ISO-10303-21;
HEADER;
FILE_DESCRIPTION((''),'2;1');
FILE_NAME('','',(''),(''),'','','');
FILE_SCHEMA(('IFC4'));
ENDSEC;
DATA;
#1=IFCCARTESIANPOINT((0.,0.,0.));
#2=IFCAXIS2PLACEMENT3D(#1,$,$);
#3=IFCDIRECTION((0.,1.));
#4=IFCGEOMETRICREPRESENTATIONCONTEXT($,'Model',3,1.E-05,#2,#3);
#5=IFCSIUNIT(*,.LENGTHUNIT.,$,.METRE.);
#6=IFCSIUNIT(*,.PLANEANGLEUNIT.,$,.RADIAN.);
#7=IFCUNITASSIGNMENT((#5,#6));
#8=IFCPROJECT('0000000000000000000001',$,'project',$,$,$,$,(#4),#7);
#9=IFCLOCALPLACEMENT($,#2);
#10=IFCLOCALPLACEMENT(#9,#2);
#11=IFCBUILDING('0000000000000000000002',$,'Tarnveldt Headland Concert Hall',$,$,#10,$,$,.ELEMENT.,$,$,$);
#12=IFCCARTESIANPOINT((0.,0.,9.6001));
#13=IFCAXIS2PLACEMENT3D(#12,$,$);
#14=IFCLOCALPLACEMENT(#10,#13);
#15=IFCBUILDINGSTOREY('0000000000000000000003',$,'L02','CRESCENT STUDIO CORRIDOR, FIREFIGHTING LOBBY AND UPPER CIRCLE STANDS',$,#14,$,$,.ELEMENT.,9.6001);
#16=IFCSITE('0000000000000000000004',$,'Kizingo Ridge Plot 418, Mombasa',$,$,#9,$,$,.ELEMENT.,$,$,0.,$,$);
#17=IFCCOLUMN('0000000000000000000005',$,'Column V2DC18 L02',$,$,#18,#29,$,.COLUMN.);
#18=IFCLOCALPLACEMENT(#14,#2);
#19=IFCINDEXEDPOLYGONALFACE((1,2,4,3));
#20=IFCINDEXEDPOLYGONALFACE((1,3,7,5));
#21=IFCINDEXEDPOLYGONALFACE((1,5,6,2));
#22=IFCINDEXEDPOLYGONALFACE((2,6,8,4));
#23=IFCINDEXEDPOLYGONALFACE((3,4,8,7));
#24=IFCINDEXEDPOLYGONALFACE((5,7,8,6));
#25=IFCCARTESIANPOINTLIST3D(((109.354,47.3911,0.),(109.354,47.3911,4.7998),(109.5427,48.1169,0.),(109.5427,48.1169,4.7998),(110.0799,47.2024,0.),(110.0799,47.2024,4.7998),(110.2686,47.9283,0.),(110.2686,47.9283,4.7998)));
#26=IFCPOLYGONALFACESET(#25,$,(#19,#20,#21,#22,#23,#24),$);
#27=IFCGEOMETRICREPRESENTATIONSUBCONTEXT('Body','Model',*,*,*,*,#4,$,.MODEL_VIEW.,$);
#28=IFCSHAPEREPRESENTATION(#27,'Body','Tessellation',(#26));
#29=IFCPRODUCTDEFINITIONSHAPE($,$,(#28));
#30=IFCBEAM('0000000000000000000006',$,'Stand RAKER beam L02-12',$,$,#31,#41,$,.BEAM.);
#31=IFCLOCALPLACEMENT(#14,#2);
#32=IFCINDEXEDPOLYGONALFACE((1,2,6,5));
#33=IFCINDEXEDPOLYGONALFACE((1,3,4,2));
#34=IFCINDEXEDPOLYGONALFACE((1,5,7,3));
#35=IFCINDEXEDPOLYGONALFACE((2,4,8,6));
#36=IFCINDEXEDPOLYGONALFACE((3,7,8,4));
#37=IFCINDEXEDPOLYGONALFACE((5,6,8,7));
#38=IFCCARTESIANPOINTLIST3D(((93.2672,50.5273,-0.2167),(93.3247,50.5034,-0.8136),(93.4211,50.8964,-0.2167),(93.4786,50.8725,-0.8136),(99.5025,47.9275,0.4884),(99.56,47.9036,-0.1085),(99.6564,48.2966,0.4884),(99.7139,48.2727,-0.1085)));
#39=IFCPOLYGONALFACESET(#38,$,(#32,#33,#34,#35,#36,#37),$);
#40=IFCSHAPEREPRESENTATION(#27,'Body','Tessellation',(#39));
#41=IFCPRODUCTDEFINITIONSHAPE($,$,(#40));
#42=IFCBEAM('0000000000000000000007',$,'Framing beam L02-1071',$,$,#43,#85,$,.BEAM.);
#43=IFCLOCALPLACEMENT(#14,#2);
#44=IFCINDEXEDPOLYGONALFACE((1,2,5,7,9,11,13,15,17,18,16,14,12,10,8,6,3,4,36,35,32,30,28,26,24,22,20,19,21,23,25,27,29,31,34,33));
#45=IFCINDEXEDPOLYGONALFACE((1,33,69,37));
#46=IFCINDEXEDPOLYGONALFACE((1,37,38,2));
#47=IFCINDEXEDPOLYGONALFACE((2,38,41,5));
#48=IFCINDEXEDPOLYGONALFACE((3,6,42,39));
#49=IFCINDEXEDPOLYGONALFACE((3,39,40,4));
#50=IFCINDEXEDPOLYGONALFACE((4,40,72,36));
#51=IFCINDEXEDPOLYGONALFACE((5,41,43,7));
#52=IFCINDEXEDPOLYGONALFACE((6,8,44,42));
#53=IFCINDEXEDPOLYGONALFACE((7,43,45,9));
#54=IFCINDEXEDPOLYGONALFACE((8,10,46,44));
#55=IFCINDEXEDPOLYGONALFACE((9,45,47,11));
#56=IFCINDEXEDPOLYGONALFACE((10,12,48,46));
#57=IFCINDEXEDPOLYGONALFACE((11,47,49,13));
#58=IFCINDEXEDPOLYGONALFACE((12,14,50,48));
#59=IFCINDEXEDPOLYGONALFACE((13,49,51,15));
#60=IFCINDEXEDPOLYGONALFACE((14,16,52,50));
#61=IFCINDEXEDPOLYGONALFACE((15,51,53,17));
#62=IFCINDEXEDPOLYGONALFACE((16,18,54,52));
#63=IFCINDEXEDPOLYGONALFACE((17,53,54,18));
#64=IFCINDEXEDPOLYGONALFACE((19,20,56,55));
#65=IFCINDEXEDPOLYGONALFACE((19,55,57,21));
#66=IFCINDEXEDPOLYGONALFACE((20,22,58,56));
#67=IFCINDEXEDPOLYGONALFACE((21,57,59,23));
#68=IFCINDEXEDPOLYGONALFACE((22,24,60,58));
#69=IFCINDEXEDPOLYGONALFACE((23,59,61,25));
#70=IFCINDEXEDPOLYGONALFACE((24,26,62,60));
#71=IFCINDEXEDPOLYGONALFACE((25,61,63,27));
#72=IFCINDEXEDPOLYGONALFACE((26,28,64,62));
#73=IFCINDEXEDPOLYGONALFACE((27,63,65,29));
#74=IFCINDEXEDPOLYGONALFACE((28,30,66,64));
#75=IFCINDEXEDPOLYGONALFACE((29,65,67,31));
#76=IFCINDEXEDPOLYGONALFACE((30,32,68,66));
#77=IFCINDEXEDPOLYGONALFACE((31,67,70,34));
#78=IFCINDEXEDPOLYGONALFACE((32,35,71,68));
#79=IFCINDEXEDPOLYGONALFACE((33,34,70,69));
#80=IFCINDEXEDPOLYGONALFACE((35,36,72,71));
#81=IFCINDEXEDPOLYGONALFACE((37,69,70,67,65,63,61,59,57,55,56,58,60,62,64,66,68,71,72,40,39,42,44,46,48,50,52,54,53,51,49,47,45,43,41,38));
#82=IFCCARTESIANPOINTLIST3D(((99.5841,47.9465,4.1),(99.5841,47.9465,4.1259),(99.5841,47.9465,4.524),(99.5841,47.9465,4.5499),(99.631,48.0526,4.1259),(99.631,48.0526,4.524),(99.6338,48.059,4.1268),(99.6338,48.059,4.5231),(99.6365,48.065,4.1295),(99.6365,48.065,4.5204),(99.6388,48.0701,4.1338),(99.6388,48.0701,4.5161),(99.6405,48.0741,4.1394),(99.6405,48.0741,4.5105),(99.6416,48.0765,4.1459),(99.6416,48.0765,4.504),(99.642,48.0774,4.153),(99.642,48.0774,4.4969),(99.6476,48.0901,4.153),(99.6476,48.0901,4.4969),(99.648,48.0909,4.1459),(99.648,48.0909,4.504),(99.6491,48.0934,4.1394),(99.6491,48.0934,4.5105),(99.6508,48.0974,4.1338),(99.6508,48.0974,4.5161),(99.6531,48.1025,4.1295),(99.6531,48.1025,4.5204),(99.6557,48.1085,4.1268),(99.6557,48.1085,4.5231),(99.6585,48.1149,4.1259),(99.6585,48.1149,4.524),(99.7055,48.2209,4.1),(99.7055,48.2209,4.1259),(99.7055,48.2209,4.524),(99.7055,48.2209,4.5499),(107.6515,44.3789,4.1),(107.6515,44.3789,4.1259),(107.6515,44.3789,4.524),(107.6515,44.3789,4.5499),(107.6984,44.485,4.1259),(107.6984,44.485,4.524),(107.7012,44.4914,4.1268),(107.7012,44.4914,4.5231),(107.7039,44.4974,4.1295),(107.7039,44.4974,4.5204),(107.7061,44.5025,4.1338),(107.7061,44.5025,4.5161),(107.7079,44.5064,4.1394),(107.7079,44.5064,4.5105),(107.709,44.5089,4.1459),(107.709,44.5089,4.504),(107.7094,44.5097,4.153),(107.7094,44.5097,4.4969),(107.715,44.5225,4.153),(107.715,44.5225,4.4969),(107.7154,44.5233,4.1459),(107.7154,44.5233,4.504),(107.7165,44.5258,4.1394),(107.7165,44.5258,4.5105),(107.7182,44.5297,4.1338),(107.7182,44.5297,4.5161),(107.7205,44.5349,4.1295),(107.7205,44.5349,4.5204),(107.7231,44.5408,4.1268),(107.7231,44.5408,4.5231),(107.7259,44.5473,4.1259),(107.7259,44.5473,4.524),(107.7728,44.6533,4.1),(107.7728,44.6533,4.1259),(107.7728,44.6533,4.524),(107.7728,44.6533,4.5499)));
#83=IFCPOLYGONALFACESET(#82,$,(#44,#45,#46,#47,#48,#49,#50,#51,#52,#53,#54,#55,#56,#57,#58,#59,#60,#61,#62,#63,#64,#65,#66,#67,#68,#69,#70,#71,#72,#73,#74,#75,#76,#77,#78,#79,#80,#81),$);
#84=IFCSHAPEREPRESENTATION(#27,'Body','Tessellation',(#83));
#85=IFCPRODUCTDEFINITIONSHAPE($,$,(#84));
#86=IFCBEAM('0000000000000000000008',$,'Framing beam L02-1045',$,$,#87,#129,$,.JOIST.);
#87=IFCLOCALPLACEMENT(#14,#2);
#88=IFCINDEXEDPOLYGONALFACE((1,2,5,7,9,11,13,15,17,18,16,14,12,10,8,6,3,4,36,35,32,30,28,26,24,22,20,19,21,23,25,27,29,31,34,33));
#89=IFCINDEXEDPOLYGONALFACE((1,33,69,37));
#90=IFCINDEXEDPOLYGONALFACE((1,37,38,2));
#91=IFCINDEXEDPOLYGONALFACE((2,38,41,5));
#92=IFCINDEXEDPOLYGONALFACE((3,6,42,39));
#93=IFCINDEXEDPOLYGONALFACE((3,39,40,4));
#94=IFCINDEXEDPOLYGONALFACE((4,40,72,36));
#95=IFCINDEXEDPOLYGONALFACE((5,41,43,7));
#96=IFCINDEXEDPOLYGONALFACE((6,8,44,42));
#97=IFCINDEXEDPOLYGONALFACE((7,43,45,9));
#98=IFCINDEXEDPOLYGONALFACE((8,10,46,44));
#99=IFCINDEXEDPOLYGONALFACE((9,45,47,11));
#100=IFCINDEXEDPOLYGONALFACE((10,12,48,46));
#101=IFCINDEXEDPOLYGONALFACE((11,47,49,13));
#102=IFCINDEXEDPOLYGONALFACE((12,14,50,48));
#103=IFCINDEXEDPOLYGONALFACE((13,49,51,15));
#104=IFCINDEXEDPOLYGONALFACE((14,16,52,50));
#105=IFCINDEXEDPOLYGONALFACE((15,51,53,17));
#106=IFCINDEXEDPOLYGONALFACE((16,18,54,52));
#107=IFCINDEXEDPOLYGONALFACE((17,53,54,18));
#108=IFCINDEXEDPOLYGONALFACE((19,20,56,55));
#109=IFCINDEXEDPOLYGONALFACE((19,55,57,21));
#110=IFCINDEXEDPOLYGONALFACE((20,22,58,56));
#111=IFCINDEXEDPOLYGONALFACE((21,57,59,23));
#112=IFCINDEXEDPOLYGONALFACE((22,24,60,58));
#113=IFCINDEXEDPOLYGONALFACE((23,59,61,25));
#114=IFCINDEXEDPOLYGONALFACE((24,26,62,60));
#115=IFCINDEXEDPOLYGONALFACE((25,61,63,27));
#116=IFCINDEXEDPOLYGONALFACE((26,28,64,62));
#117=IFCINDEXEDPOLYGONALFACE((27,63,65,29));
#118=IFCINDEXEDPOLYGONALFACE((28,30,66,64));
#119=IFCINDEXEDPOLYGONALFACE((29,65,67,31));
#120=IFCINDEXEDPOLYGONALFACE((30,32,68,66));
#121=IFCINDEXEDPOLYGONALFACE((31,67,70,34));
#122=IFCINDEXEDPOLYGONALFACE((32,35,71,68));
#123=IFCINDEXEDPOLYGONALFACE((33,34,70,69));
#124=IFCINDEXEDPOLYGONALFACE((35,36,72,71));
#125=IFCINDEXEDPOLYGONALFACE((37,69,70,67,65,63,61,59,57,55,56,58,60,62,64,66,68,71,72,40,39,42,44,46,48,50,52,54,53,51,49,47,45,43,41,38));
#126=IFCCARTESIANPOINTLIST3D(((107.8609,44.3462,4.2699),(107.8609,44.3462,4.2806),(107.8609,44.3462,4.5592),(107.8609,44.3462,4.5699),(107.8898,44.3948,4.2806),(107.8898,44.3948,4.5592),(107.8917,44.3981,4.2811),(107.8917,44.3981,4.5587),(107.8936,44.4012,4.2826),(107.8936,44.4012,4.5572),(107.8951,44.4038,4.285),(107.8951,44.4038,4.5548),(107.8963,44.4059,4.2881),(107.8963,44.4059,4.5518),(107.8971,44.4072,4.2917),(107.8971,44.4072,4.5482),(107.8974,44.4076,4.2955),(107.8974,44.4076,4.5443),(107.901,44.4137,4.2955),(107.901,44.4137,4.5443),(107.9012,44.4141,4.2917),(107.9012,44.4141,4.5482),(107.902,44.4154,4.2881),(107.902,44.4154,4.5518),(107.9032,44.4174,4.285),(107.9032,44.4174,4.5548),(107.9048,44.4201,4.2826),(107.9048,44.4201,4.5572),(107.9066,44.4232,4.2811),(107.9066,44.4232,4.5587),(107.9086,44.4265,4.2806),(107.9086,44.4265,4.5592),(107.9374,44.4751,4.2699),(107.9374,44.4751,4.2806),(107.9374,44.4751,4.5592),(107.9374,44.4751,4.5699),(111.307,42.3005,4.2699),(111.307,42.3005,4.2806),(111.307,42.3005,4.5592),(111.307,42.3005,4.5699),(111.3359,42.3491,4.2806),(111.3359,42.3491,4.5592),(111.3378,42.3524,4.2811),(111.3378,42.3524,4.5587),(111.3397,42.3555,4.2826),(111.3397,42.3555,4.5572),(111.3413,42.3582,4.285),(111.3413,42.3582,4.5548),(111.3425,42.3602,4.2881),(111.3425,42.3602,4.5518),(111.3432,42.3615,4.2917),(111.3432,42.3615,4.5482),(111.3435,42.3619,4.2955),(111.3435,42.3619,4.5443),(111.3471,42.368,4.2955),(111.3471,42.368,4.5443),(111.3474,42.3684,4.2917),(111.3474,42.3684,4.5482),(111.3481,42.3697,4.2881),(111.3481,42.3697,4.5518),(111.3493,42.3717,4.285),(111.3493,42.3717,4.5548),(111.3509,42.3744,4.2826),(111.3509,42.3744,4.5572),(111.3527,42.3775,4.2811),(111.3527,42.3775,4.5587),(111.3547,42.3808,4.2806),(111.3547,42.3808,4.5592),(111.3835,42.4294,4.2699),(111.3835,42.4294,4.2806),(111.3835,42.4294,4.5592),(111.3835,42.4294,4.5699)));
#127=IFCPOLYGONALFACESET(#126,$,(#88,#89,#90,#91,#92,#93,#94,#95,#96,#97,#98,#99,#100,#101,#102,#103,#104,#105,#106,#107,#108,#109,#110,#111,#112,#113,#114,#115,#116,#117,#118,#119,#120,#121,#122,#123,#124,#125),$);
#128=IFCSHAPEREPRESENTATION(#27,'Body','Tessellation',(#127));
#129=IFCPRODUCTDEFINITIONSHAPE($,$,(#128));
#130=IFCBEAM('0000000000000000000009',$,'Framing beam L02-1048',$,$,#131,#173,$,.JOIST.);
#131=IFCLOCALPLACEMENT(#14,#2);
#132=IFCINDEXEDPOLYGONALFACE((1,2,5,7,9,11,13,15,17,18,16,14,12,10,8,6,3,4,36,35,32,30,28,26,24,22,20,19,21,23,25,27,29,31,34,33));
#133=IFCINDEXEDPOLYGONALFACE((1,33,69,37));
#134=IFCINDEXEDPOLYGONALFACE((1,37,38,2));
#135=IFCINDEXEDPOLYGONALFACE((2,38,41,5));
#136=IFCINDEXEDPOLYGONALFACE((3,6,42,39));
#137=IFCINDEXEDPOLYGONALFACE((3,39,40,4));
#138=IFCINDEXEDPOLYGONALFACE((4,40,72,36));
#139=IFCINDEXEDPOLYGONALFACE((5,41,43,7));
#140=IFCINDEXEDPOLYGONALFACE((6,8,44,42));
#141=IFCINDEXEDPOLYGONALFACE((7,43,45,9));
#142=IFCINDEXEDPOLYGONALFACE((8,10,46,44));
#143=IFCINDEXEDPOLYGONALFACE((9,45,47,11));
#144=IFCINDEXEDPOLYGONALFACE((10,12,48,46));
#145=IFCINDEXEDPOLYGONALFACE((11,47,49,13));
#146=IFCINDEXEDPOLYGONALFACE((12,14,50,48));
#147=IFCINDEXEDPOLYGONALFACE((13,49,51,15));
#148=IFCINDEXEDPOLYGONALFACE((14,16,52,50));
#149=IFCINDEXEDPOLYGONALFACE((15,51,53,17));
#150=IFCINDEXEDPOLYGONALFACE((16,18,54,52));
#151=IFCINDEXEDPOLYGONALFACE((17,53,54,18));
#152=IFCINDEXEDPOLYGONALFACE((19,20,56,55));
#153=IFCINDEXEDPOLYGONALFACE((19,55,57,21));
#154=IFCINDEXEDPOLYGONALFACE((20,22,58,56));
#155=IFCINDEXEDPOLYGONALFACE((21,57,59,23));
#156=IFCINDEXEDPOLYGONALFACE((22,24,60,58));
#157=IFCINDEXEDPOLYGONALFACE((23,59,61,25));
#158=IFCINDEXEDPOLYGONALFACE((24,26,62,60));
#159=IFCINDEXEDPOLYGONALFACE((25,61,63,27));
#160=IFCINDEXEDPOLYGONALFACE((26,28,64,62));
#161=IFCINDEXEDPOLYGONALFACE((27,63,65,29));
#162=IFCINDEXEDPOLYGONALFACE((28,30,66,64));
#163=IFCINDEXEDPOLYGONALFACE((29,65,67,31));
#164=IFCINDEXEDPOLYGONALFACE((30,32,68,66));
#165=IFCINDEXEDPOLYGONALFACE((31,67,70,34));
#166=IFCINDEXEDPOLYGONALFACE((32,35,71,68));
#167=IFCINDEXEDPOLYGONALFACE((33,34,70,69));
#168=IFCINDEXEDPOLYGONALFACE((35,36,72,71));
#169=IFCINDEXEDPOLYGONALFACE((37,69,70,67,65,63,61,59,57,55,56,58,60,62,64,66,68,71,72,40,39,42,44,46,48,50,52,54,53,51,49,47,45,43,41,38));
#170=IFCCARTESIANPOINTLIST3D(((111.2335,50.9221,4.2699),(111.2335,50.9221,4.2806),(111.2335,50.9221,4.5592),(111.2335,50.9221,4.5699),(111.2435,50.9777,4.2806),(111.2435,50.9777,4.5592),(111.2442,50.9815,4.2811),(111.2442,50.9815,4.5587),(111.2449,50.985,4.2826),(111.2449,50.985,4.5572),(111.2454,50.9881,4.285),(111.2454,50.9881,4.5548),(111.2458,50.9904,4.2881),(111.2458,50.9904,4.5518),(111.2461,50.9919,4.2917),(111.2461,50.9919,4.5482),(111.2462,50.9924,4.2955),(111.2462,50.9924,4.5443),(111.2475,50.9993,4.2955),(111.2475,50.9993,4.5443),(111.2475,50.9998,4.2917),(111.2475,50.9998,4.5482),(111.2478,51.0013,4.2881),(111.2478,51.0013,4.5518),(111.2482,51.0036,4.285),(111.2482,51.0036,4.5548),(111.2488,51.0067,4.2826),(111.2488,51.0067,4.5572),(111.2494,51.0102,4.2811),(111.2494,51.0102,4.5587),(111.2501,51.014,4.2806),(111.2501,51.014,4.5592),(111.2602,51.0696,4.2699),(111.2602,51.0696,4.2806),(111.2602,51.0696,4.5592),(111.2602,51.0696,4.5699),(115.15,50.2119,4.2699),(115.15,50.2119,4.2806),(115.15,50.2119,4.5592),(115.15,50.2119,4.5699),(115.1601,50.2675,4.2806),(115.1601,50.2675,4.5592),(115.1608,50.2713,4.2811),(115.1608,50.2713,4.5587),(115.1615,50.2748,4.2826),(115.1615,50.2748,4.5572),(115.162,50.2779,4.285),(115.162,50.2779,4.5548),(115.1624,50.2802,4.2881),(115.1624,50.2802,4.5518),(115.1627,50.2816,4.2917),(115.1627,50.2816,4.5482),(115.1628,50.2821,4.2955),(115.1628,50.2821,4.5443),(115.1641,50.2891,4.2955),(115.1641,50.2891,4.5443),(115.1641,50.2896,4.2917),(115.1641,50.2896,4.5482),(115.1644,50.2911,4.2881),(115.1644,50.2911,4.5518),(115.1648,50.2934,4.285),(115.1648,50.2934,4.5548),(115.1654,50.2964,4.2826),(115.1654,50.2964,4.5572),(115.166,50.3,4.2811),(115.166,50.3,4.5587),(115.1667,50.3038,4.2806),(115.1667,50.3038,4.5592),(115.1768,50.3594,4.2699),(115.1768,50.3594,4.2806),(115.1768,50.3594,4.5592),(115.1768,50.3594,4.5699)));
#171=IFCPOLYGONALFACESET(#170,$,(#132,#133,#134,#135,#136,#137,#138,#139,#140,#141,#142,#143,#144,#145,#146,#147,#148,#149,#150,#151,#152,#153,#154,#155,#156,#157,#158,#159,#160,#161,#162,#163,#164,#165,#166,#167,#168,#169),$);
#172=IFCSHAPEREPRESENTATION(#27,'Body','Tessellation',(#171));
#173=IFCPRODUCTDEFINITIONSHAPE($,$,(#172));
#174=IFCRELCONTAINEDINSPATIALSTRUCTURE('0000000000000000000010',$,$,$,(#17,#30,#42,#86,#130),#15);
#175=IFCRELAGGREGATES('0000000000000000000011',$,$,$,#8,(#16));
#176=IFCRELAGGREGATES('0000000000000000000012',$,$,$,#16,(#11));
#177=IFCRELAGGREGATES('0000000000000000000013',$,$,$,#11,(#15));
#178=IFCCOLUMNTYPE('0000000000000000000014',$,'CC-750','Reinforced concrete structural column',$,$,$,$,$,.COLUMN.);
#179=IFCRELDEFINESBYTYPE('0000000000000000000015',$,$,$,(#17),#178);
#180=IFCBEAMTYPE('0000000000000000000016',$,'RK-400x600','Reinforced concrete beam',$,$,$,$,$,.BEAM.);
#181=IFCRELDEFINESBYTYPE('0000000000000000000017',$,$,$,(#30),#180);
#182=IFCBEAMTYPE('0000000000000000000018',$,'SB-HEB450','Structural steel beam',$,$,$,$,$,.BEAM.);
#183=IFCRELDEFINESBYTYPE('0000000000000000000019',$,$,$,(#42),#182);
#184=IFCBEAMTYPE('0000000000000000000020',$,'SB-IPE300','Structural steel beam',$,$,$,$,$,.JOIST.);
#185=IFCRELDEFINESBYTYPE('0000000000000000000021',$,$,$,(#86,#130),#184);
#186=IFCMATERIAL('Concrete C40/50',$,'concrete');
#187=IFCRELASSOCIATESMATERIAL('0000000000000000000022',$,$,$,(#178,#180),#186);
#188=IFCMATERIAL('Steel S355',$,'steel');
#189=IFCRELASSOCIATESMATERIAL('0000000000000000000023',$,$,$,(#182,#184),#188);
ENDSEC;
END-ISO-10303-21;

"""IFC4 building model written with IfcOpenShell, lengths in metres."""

from ifc_helpers import new_model, si_unit, direction, frame, origin, origin_2d, place, context, subcontext, project, spatial, rectangle, i_section, extrude, material, material_profile, profile_set, type_object, element, save


model = new_model("IFC4")

# Units and contexts
model_context = context("Model", 3, precision=1e-05, world=origin(), true_north=direction((0.0, 1.0)))
body_context = subcontext(model_context, "Body", "Model", "MODEL_VIEW")
ifc_project = project(units=[si_unit("LENGTHUNIT", "METRE"), si_unit("PLANEANGLEUNIT", "RADIAN")], contexts=[model_context])

# Site, building, storey
site_placement = place(None, origin())
site = spatial("IfcSite", under=ifc_project, at=site_placement, Name="Kizingo Ridge Plot 418, Mombasa", CompositionType="ELEMENT", RefElevation=0.0)
building_placement = place(site_placement, origin())
building = spatial("IfcBuilding", under=site, at=building_placement, Name="Tarnveldt Headland Concert Hall", CompositionType="ELEMENT")
storey_placement = place(building_placement, frame((0.0, 0.0, 9.6001)))
storey = spatial("IfcBuildingStorey", under=building, at=storey_placement, Name="L02", Description="CRESCENT STUDIO CORRIDOR, FIREFIGHTING LOBBY AND UPPER CIRCLE STANDS", CompositionType="ELEMENT", Elevation=9.6001)

# Column
ifc_material_1 = material(Name="Concrete C40/50", Category="concrete")
ifc_material_profile_1 = material_profile(ifc_material_1, rectangle(XDim=0.75, YDim=0.75, at=origin_2d()), Name="RC 750x750", Category="concrete")
ifc_profile_set_1 = profile_set([ifc_material_profile_1], Name="Concrete C40/50")
column_type_1 = type_object("IfcColumnType", Name="CC-750", Description="Reinforced concrete structural column", PredefinedType="COLUMN", material=ifc_profile_set_1)
column_1_placement = place(storey_placement, frame((109.8113, 47.6597, 0.0), z_axis=(0.0, 0.0, 1.0), x_axis=(0.967841, -0.251563, 0.0)))
element("IfcColumn", 1, at=column_1_placement, inside=storey, type_object=column_type_1, Name="Column V2DC18 L02", PredefinedType="COLUMN", context=body_context, shape_type="SweptSolid", body=[
    extrude(rectangle(XDim=0.75, YDim=0.75, at=origin_2d()), origin(), (0.0, 0.0, 1.0), 4.7998),
])

# Beams
ifc_material_profile_2 = material_profile(ifc_material_1, rectangle(XDim=0.3999, YDim=0.6001, at=origin_2d()), Name="RAKER RC 400x600", Category="concrete")
ifc_profile_set_2 = profile_set([ifc_material_profile_2], Name="Concrete C40/50")
beam_type_1 = type_object("IfcBeamType", Name="RK-400x600", Description="Reinforced concrete beam", PredefinedType="BEAM", material=ifc_profile_set_2)
beam_1_placement = place(storey_placement, frame((99.6082, 48.1001, 0.1899), z_axis=(-0.917997, 0.382762, -0.103805), x_axis=(-0.384841, -0.922983, 0.0)))
element("IfcBeam", 2, at=beam_1_placement, inside=storey, type_object=beam_type_1, Name="Stand RAKER beam L02-12", PredefinedType="BEAM", context=body_context, shape_type="SweptSolid", body=[
    extrude(rectangle(XDim=0.3999, YDim=0.6001, at=origin_2d()), origin(), (0.0, 0.0, 1.0), 6.7922),
])
ifc_material_2 = material(Name="Steel S355", Category="steel")
ifc_material_profile_3 = material_profile(ifc_material_2, i_section(OverallWidth=0.3, OverallDepth=0.45, WebThickness=0.0139, FlangeThickness=0.0259, FilletRadius=0.0271, at=origin_2d()), Name="HEB450", Category="steel")
ifc_profile_set_3 = profile_set([ifc_material_profile_3], Name="Steel S355")
beam_type_2 = type_object("IfcBeamType", Name="SB-HEB450", Description="Structural steel beam", PredefinedType="BEAM", material=ifc_profile_set_3)
beam_2_placement = place(storey_placement, frame((99.6448, 48.0837, 4.325), z_axis=(0.914562, -0.404445, 0.0), x_axis=(0.404445, 0.914562, 0.0)))
element("IfcBeam", 3, at=beam_2_placement, inside=storey, type_object=beam_type_2, Name="Framing beam L02-1071", PredefinedType="BEAM", context=body_context, shape_type="SweptSolid", body=[
    extrude(i_section(OverallWidth=0.3, OverallDepth=0.45, WebThickness=0.0139, FlangeThickness=0.0259, FilletRadius=0.0271, at=origin_2d()), origin(), (0.0, 0.0, 1.0), 8.821),
])
ifc_material_profile_4 = material_profile(ifc_material_2, i_section(OverallWidth=0.1499, OverallDepth=0.3, WebThickness=0.0071, FlangeThickness=0.0107, FilletRadius=0.0149, at=origin_2d()), Name="IPE300", Category="steel")
ifc_profile_set_4 = profile_set([ifc_material_profile_4], Name="Steel S355")
beam_type_3 = type_object("IfcBeamType", Name="SB-IPE300", Description="Structural steel beam", PredefinedType="JOIST", material=ifc_profile_set_4)
beam_3_placement = place(storey_placement, frame((107.8992, 44.4106, 4.4199), z_axis=(0.859902, -0.510459, 0.0), x_axis=(0.510459, 0.859902, 0.0)))
element("IfcBeam", 4, at=beam_3_placement, inside=storey, type_object=beam_type_3, Name="Framing beam L02-1045", PredefinedType="JOIST", context=body_context, shape_type="SweptSolid", body=[
    extrude(i_section(OverallWidth=0.1499, OverallDepth=0.3, WebThickness=0.0071, FlangeThickness=0.0107, FilletRadius=0.0149, at=origin_2d()), origin(), (0.0, 0.0, 1.0), 4.0076),
])
beam_4_placement = place(storey_placement, frame((111.2468, 50.9958, 4.4199), z_axis=(0.983953, -0.178427, 0.0), x_axis=(0.178427, 0.983953, 0.0)))
element("IfcBeam", 5, at=beam_4_placement, inside=storey, type_object=beam_type_3, Name="Framing beam L02-1048", PredefinedType="JOIST", context=body_context, shape_type="SweptSolid", body=[
    extrude(i_section(OverallWidth=0.1499, OverallDepth=0.3, WebThickness=0.0071, FlangeThickness=0.0107, FilletRadius=0.0149, at=origin_2d()), origin(), (0.0, 0.0, 1.0), 3.9805),
])

save(model, "model.ifc")
